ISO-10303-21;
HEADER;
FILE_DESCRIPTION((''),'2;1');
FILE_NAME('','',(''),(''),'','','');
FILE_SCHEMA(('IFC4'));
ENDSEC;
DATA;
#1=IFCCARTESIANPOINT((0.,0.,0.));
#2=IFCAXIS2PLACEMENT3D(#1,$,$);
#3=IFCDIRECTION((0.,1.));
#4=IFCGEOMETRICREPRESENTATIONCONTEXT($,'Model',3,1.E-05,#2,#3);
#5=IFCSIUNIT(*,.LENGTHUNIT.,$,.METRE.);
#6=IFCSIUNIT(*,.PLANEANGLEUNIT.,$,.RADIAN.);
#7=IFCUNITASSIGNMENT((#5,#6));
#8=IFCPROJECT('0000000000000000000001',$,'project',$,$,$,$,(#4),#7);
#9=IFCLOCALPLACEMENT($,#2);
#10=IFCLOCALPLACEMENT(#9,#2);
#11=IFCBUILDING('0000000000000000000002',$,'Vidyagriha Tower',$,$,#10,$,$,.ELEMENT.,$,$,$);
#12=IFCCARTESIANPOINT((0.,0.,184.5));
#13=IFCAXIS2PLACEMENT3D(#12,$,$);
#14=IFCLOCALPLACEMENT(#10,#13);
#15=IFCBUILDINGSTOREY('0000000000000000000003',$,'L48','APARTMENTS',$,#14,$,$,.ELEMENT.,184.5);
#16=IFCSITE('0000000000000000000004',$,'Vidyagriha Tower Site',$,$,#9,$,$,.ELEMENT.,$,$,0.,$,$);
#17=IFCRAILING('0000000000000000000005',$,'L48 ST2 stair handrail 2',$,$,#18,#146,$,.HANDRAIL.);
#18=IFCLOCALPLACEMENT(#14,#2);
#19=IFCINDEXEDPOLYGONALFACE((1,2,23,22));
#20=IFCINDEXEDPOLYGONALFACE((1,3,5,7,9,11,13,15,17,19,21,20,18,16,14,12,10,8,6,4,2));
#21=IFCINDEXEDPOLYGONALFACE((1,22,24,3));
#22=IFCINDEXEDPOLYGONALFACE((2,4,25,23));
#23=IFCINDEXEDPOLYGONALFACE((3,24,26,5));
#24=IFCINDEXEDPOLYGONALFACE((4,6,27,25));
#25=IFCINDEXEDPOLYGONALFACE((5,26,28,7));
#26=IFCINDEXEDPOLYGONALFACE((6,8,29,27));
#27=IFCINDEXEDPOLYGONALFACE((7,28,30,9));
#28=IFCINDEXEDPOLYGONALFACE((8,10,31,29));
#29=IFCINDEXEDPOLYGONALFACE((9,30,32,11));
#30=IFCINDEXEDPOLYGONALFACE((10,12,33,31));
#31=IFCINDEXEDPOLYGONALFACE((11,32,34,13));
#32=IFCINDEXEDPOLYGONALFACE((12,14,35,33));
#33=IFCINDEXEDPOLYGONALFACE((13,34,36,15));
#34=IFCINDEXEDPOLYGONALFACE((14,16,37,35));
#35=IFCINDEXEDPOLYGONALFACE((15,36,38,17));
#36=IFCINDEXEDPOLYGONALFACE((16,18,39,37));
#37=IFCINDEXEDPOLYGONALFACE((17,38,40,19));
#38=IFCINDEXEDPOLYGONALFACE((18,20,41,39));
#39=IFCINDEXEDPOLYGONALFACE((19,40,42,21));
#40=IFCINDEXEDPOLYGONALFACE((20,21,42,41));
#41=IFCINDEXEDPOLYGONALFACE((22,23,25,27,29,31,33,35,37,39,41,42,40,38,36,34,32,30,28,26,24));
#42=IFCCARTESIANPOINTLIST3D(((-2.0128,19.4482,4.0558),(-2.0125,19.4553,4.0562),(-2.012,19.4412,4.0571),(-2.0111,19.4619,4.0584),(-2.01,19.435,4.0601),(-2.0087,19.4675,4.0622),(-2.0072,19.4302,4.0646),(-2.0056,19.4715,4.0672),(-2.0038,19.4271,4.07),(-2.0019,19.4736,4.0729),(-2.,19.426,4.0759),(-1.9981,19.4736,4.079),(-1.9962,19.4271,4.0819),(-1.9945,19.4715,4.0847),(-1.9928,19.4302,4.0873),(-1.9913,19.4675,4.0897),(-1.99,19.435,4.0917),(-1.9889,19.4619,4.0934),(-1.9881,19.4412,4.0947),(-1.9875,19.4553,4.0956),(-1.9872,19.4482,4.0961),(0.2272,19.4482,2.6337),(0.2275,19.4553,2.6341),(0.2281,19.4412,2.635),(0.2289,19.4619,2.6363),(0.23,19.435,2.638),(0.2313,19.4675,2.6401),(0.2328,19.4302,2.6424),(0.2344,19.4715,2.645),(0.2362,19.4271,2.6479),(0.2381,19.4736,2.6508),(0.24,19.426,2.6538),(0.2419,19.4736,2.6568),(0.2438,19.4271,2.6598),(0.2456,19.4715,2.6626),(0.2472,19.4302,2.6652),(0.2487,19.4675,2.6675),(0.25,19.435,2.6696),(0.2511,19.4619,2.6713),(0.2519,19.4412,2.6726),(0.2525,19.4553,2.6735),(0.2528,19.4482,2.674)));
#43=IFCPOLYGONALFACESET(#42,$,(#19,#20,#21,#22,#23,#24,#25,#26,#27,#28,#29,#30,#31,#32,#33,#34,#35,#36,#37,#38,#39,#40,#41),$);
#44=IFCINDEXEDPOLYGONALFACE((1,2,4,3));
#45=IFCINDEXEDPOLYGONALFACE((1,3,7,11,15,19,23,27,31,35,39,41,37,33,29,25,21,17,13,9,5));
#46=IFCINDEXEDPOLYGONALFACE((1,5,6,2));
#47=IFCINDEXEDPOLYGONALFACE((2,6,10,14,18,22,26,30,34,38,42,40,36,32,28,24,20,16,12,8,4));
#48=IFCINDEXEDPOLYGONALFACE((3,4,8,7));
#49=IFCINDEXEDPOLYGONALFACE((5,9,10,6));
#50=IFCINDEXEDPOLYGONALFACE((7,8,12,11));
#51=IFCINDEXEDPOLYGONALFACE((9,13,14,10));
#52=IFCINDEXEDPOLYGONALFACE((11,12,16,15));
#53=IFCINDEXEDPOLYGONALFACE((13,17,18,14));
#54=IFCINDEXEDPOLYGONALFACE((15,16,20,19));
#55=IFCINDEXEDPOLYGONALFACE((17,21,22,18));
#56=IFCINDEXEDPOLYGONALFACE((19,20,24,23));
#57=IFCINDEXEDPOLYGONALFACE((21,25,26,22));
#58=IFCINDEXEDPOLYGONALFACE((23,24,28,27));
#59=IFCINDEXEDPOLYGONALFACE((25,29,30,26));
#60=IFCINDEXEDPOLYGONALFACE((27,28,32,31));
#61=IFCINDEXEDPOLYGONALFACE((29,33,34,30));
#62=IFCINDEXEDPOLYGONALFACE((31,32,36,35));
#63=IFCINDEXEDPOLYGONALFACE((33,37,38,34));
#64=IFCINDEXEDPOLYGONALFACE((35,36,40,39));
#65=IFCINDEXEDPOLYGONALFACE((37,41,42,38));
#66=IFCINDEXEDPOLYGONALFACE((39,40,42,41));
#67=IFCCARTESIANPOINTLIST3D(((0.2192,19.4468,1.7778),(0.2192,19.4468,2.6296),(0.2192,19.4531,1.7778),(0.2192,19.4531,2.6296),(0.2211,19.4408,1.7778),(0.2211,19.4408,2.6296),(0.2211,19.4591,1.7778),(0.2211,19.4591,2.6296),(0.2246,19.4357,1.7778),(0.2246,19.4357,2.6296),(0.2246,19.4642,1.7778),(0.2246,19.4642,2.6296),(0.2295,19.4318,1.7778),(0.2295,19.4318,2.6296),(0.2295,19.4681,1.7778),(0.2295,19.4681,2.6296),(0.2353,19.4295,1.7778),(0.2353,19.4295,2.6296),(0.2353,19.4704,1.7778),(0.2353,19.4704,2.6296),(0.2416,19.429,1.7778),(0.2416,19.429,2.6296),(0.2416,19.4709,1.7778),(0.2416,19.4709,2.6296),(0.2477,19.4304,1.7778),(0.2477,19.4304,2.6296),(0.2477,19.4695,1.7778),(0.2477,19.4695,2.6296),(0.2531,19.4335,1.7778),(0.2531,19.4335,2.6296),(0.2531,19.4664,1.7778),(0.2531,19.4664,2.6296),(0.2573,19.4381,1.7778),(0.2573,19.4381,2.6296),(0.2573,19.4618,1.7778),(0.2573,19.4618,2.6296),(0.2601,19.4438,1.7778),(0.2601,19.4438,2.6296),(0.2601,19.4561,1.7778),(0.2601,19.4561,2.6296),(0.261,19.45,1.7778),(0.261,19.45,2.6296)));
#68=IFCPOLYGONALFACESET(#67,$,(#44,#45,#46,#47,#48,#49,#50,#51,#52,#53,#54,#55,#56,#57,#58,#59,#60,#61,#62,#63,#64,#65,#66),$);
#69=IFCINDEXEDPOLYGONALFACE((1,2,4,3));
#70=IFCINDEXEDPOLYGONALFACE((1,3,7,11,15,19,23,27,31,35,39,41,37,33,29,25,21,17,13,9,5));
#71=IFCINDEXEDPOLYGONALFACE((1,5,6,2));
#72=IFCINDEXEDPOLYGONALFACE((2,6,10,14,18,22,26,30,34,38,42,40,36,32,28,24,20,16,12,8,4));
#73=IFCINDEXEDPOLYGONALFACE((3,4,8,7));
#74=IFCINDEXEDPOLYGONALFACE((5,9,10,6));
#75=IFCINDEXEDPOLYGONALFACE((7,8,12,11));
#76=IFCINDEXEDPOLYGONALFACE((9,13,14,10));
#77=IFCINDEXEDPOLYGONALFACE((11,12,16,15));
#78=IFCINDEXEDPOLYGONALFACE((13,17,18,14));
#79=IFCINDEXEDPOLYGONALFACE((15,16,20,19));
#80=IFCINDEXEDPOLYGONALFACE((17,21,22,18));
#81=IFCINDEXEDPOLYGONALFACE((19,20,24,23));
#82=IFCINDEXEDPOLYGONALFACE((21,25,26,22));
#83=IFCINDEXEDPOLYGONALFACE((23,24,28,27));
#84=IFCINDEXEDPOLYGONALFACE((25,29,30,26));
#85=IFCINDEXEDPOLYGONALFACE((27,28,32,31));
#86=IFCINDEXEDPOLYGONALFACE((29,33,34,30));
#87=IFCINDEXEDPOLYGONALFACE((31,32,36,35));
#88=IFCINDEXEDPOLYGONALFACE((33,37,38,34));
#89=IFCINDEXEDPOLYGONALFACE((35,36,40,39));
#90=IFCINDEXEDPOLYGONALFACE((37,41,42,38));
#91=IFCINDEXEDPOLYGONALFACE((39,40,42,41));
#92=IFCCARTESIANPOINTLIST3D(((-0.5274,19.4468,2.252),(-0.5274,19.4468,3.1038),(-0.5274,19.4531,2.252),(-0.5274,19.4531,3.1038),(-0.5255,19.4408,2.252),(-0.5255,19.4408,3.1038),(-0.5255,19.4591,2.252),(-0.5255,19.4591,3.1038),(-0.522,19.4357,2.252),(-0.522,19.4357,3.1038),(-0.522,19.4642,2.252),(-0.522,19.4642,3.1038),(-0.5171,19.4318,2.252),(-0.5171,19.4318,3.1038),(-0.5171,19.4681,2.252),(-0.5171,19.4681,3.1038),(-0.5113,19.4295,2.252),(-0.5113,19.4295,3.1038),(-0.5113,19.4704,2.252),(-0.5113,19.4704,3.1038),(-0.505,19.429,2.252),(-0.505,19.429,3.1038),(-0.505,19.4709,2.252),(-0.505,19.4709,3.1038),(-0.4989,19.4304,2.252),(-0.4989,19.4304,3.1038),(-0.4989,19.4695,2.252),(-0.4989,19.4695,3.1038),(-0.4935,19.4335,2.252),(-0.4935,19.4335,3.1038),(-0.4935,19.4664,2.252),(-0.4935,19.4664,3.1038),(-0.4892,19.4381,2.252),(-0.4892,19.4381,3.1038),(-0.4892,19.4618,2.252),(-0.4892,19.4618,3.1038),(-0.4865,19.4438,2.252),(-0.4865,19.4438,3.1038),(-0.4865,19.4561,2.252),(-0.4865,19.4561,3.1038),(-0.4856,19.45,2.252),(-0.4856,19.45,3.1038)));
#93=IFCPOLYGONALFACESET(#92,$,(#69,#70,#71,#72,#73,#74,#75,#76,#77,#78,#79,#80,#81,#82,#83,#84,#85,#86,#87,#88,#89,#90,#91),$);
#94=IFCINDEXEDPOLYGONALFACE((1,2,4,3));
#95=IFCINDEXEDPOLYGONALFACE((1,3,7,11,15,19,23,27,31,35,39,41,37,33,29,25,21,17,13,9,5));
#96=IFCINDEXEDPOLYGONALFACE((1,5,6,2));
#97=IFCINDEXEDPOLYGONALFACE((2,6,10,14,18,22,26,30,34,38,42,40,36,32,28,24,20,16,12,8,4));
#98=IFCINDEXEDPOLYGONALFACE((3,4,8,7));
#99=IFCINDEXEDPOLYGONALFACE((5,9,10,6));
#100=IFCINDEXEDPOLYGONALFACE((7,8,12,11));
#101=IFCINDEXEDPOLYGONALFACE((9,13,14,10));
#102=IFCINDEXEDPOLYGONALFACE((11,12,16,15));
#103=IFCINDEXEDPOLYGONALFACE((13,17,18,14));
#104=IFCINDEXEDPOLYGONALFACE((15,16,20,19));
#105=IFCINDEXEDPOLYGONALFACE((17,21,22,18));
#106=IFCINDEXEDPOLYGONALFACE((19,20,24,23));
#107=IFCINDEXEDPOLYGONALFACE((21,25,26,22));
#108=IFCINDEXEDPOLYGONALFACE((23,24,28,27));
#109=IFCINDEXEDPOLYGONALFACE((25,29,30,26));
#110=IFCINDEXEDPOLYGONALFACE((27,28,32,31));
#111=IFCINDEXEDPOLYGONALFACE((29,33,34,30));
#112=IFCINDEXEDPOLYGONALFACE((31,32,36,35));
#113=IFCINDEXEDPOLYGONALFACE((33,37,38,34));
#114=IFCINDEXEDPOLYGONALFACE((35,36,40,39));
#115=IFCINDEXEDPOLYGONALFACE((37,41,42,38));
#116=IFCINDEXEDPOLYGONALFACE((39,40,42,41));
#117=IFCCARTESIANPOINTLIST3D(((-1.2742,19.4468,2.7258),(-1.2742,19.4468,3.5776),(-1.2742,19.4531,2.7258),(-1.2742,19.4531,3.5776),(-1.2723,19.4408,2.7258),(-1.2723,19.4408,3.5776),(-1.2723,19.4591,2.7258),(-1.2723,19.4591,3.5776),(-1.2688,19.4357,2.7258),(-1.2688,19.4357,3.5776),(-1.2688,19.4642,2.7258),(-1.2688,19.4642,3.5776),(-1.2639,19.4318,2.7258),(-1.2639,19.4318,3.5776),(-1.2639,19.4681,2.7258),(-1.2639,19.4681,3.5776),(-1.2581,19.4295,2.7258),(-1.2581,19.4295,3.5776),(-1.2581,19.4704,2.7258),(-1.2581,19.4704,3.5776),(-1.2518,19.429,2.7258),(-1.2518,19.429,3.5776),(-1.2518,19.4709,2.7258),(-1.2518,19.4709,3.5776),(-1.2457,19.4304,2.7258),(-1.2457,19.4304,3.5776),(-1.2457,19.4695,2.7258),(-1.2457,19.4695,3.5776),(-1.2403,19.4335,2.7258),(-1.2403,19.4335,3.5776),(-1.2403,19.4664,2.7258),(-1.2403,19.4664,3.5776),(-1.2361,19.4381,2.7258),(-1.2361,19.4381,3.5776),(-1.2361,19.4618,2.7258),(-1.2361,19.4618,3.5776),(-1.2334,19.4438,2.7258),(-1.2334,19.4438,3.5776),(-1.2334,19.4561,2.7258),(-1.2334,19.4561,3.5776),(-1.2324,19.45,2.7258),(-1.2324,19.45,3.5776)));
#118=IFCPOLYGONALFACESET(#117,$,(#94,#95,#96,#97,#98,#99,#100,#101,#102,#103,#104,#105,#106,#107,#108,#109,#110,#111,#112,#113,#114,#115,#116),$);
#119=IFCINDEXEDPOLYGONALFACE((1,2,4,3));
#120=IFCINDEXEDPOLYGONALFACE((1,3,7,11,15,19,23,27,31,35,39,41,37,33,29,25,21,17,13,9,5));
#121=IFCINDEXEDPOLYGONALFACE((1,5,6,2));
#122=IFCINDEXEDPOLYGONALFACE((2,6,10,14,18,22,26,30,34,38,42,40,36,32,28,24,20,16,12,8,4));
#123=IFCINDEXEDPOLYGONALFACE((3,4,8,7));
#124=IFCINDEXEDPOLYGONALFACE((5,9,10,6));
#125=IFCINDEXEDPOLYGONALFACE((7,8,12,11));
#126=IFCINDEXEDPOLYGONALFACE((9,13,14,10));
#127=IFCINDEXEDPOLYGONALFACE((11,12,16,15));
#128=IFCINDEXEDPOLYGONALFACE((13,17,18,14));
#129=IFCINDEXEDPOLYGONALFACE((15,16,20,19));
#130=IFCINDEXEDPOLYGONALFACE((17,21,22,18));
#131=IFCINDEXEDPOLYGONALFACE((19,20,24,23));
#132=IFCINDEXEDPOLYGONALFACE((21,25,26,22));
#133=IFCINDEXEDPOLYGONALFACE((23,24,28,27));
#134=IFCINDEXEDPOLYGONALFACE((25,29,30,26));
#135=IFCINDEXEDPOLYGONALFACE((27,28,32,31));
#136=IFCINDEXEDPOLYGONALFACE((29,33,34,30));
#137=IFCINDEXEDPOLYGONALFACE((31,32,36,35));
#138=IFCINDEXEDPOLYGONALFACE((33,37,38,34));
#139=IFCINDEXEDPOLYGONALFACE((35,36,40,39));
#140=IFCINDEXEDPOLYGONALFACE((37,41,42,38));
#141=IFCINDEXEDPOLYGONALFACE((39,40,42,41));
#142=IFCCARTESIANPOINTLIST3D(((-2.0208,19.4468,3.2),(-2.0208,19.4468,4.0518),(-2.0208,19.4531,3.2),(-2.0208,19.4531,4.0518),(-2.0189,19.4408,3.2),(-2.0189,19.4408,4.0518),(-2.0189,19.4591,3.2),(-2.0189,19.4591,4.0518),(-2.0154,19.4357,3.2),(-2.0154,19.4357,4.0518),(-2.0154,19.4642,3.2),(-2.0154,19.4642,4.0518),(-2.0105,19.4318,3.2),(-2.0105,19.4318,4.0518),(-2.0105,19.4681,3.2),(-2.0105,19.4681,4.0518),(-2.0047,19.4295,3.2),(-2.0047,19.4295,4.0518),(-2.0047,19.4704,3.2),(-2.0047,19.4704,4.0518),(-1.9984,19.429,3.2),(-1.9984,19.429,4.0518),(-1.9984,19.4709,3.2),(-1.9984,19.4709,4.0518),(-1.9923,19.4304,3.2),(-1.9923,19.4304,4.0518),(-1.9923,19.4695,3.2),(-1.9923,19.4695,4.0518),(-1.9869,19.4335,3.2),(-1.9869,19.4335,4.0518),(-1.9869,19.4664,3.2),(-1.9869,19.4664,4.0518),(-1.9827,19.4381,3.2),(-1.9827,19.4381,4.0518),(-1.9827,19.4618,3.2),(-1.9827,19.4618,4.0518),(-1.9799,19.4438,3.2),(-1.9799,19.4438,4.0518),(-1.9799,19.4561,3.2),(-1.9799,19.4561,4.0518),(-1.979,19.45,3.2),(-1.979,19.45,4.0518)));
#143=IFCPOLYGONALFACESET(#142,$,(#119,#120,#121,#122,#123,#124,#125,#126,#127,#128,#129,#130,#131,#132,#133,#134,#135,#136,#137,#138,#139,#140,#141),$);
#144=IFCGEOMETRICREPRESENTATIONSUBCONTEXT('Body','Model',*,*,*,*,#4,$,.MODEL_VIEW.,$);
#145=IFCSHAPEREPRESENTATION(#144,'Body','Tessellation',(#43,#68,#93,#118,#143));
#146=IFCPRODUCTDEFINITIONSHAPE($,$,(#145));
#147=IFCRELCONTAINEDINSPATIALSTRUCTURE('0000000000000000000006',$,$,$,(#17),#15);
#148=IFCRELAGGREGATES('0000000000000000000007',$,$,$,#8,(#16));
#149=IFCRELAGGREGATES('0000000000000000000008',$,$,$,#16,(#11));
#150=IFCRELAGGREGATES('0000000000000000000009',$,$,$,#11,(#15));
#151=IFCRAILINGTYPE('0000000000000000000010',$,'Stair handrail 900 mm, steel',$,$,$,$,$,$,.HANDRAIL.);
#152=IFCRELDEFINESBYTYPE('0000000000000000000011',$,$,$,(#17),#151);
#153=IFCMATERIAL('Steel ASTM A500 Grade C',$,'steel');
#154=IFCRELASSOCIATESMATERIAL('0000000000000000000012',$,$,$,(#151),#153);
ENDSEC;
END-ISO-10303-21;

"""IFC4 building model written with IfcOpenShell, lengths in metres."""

from ifc_helpers import new_model, si_unit, direction, frame, origin, origin_2d, place, context, subcontext, project, spatial, circle, extrude, material, type_object, element, save


model = new_model("IFC4")

# Units and contexts
model_context = context("Model", 3, precision=1e-05, world=origin(), true_north=direction((0.0, 1.0)))
body_context = subcontext(model_context, "Body", "Model", "MODEL_VIEW")
ifc_project = project(units=[si_unit("LENGTHUNIT", "METRE"), si_unit("PLANEANGLEUNIT", "RADIAN")], contexts=[model_context])

# Site, building, storey
site_placement = place(None, origin())
site = spatial("IfcSite", under=ifc_project, at=site_placement, Name="Vidyagriha Tower Site", CompositionType="ELEMENT", RefElevation=0.0)
building_placement = place(site_placement, origin())
building = spatial("IfcBuilding", under=site, at=building_placement, Name="Vidyagriha Tower", CompositionType="ELEMENT")
storey_placement = place(building_placement, frame((0.0, 0.0, 184.5)))
storey = spatial("IfcBuildingStorey", under=building, at=storey_placement, Name="L48", Description="APARTMENTS", CompositionType="ELEMENT", Elevation=184.5)

# Railing
ifc_material_1 = material(Name="Steel ASTM A500 Grade C", Category="steel")
railing_type_1 = type_object("IfcRailingType", Name="Stair handrail 900 mm, steel", PredefinedType="HANDRAIL", material=ifc_material_1)
railing_1_placement = place(storey_placement, frame((0.24, 19.45, 1.7778)))
element("IfcRailing", 1, at=railing_1_placement, inside=storey, type_object=railing_type_1, Name="L48 ST2 stair handrail 2", PredefinedType="HANDRAIL", context=body_context, shape_type="SweptSolid", body=[
    extrude(circle(Radius=0.0239, at=origin_2d()), frame((0.0, 0.0, 0.876), z_axis=(-0.844229, 0.0, 0.535982), x_axis=(0.0, -1.0, 0.0)), (0.0, 0.0, 1.0), 2.6533),
    extrude(circle(Radius=0.021, at=origin_2d()), origin(), (0.0, 0.0, 1.0), 0.8518),
    extrude(circle(Radius=0.021, at=origin_2d()), frame((-0.7466, 0.0, 0.4741)), (0.0, 0.0, 1.0), 0.8518),
    extrude(circle(Radius=0.021, at=origin_2d()), frame((-1.4934, 0.0, 0.948)), (0.0, 0.0, 1.0), 0.8518),
    extrude(circle(Radius=0.021, at=origin_2d()), frame((-2.24, 0.0, 1.4221)), (0.0, 0.0, 1.0), 0.8518),
])

save(model, "model.ifc")
